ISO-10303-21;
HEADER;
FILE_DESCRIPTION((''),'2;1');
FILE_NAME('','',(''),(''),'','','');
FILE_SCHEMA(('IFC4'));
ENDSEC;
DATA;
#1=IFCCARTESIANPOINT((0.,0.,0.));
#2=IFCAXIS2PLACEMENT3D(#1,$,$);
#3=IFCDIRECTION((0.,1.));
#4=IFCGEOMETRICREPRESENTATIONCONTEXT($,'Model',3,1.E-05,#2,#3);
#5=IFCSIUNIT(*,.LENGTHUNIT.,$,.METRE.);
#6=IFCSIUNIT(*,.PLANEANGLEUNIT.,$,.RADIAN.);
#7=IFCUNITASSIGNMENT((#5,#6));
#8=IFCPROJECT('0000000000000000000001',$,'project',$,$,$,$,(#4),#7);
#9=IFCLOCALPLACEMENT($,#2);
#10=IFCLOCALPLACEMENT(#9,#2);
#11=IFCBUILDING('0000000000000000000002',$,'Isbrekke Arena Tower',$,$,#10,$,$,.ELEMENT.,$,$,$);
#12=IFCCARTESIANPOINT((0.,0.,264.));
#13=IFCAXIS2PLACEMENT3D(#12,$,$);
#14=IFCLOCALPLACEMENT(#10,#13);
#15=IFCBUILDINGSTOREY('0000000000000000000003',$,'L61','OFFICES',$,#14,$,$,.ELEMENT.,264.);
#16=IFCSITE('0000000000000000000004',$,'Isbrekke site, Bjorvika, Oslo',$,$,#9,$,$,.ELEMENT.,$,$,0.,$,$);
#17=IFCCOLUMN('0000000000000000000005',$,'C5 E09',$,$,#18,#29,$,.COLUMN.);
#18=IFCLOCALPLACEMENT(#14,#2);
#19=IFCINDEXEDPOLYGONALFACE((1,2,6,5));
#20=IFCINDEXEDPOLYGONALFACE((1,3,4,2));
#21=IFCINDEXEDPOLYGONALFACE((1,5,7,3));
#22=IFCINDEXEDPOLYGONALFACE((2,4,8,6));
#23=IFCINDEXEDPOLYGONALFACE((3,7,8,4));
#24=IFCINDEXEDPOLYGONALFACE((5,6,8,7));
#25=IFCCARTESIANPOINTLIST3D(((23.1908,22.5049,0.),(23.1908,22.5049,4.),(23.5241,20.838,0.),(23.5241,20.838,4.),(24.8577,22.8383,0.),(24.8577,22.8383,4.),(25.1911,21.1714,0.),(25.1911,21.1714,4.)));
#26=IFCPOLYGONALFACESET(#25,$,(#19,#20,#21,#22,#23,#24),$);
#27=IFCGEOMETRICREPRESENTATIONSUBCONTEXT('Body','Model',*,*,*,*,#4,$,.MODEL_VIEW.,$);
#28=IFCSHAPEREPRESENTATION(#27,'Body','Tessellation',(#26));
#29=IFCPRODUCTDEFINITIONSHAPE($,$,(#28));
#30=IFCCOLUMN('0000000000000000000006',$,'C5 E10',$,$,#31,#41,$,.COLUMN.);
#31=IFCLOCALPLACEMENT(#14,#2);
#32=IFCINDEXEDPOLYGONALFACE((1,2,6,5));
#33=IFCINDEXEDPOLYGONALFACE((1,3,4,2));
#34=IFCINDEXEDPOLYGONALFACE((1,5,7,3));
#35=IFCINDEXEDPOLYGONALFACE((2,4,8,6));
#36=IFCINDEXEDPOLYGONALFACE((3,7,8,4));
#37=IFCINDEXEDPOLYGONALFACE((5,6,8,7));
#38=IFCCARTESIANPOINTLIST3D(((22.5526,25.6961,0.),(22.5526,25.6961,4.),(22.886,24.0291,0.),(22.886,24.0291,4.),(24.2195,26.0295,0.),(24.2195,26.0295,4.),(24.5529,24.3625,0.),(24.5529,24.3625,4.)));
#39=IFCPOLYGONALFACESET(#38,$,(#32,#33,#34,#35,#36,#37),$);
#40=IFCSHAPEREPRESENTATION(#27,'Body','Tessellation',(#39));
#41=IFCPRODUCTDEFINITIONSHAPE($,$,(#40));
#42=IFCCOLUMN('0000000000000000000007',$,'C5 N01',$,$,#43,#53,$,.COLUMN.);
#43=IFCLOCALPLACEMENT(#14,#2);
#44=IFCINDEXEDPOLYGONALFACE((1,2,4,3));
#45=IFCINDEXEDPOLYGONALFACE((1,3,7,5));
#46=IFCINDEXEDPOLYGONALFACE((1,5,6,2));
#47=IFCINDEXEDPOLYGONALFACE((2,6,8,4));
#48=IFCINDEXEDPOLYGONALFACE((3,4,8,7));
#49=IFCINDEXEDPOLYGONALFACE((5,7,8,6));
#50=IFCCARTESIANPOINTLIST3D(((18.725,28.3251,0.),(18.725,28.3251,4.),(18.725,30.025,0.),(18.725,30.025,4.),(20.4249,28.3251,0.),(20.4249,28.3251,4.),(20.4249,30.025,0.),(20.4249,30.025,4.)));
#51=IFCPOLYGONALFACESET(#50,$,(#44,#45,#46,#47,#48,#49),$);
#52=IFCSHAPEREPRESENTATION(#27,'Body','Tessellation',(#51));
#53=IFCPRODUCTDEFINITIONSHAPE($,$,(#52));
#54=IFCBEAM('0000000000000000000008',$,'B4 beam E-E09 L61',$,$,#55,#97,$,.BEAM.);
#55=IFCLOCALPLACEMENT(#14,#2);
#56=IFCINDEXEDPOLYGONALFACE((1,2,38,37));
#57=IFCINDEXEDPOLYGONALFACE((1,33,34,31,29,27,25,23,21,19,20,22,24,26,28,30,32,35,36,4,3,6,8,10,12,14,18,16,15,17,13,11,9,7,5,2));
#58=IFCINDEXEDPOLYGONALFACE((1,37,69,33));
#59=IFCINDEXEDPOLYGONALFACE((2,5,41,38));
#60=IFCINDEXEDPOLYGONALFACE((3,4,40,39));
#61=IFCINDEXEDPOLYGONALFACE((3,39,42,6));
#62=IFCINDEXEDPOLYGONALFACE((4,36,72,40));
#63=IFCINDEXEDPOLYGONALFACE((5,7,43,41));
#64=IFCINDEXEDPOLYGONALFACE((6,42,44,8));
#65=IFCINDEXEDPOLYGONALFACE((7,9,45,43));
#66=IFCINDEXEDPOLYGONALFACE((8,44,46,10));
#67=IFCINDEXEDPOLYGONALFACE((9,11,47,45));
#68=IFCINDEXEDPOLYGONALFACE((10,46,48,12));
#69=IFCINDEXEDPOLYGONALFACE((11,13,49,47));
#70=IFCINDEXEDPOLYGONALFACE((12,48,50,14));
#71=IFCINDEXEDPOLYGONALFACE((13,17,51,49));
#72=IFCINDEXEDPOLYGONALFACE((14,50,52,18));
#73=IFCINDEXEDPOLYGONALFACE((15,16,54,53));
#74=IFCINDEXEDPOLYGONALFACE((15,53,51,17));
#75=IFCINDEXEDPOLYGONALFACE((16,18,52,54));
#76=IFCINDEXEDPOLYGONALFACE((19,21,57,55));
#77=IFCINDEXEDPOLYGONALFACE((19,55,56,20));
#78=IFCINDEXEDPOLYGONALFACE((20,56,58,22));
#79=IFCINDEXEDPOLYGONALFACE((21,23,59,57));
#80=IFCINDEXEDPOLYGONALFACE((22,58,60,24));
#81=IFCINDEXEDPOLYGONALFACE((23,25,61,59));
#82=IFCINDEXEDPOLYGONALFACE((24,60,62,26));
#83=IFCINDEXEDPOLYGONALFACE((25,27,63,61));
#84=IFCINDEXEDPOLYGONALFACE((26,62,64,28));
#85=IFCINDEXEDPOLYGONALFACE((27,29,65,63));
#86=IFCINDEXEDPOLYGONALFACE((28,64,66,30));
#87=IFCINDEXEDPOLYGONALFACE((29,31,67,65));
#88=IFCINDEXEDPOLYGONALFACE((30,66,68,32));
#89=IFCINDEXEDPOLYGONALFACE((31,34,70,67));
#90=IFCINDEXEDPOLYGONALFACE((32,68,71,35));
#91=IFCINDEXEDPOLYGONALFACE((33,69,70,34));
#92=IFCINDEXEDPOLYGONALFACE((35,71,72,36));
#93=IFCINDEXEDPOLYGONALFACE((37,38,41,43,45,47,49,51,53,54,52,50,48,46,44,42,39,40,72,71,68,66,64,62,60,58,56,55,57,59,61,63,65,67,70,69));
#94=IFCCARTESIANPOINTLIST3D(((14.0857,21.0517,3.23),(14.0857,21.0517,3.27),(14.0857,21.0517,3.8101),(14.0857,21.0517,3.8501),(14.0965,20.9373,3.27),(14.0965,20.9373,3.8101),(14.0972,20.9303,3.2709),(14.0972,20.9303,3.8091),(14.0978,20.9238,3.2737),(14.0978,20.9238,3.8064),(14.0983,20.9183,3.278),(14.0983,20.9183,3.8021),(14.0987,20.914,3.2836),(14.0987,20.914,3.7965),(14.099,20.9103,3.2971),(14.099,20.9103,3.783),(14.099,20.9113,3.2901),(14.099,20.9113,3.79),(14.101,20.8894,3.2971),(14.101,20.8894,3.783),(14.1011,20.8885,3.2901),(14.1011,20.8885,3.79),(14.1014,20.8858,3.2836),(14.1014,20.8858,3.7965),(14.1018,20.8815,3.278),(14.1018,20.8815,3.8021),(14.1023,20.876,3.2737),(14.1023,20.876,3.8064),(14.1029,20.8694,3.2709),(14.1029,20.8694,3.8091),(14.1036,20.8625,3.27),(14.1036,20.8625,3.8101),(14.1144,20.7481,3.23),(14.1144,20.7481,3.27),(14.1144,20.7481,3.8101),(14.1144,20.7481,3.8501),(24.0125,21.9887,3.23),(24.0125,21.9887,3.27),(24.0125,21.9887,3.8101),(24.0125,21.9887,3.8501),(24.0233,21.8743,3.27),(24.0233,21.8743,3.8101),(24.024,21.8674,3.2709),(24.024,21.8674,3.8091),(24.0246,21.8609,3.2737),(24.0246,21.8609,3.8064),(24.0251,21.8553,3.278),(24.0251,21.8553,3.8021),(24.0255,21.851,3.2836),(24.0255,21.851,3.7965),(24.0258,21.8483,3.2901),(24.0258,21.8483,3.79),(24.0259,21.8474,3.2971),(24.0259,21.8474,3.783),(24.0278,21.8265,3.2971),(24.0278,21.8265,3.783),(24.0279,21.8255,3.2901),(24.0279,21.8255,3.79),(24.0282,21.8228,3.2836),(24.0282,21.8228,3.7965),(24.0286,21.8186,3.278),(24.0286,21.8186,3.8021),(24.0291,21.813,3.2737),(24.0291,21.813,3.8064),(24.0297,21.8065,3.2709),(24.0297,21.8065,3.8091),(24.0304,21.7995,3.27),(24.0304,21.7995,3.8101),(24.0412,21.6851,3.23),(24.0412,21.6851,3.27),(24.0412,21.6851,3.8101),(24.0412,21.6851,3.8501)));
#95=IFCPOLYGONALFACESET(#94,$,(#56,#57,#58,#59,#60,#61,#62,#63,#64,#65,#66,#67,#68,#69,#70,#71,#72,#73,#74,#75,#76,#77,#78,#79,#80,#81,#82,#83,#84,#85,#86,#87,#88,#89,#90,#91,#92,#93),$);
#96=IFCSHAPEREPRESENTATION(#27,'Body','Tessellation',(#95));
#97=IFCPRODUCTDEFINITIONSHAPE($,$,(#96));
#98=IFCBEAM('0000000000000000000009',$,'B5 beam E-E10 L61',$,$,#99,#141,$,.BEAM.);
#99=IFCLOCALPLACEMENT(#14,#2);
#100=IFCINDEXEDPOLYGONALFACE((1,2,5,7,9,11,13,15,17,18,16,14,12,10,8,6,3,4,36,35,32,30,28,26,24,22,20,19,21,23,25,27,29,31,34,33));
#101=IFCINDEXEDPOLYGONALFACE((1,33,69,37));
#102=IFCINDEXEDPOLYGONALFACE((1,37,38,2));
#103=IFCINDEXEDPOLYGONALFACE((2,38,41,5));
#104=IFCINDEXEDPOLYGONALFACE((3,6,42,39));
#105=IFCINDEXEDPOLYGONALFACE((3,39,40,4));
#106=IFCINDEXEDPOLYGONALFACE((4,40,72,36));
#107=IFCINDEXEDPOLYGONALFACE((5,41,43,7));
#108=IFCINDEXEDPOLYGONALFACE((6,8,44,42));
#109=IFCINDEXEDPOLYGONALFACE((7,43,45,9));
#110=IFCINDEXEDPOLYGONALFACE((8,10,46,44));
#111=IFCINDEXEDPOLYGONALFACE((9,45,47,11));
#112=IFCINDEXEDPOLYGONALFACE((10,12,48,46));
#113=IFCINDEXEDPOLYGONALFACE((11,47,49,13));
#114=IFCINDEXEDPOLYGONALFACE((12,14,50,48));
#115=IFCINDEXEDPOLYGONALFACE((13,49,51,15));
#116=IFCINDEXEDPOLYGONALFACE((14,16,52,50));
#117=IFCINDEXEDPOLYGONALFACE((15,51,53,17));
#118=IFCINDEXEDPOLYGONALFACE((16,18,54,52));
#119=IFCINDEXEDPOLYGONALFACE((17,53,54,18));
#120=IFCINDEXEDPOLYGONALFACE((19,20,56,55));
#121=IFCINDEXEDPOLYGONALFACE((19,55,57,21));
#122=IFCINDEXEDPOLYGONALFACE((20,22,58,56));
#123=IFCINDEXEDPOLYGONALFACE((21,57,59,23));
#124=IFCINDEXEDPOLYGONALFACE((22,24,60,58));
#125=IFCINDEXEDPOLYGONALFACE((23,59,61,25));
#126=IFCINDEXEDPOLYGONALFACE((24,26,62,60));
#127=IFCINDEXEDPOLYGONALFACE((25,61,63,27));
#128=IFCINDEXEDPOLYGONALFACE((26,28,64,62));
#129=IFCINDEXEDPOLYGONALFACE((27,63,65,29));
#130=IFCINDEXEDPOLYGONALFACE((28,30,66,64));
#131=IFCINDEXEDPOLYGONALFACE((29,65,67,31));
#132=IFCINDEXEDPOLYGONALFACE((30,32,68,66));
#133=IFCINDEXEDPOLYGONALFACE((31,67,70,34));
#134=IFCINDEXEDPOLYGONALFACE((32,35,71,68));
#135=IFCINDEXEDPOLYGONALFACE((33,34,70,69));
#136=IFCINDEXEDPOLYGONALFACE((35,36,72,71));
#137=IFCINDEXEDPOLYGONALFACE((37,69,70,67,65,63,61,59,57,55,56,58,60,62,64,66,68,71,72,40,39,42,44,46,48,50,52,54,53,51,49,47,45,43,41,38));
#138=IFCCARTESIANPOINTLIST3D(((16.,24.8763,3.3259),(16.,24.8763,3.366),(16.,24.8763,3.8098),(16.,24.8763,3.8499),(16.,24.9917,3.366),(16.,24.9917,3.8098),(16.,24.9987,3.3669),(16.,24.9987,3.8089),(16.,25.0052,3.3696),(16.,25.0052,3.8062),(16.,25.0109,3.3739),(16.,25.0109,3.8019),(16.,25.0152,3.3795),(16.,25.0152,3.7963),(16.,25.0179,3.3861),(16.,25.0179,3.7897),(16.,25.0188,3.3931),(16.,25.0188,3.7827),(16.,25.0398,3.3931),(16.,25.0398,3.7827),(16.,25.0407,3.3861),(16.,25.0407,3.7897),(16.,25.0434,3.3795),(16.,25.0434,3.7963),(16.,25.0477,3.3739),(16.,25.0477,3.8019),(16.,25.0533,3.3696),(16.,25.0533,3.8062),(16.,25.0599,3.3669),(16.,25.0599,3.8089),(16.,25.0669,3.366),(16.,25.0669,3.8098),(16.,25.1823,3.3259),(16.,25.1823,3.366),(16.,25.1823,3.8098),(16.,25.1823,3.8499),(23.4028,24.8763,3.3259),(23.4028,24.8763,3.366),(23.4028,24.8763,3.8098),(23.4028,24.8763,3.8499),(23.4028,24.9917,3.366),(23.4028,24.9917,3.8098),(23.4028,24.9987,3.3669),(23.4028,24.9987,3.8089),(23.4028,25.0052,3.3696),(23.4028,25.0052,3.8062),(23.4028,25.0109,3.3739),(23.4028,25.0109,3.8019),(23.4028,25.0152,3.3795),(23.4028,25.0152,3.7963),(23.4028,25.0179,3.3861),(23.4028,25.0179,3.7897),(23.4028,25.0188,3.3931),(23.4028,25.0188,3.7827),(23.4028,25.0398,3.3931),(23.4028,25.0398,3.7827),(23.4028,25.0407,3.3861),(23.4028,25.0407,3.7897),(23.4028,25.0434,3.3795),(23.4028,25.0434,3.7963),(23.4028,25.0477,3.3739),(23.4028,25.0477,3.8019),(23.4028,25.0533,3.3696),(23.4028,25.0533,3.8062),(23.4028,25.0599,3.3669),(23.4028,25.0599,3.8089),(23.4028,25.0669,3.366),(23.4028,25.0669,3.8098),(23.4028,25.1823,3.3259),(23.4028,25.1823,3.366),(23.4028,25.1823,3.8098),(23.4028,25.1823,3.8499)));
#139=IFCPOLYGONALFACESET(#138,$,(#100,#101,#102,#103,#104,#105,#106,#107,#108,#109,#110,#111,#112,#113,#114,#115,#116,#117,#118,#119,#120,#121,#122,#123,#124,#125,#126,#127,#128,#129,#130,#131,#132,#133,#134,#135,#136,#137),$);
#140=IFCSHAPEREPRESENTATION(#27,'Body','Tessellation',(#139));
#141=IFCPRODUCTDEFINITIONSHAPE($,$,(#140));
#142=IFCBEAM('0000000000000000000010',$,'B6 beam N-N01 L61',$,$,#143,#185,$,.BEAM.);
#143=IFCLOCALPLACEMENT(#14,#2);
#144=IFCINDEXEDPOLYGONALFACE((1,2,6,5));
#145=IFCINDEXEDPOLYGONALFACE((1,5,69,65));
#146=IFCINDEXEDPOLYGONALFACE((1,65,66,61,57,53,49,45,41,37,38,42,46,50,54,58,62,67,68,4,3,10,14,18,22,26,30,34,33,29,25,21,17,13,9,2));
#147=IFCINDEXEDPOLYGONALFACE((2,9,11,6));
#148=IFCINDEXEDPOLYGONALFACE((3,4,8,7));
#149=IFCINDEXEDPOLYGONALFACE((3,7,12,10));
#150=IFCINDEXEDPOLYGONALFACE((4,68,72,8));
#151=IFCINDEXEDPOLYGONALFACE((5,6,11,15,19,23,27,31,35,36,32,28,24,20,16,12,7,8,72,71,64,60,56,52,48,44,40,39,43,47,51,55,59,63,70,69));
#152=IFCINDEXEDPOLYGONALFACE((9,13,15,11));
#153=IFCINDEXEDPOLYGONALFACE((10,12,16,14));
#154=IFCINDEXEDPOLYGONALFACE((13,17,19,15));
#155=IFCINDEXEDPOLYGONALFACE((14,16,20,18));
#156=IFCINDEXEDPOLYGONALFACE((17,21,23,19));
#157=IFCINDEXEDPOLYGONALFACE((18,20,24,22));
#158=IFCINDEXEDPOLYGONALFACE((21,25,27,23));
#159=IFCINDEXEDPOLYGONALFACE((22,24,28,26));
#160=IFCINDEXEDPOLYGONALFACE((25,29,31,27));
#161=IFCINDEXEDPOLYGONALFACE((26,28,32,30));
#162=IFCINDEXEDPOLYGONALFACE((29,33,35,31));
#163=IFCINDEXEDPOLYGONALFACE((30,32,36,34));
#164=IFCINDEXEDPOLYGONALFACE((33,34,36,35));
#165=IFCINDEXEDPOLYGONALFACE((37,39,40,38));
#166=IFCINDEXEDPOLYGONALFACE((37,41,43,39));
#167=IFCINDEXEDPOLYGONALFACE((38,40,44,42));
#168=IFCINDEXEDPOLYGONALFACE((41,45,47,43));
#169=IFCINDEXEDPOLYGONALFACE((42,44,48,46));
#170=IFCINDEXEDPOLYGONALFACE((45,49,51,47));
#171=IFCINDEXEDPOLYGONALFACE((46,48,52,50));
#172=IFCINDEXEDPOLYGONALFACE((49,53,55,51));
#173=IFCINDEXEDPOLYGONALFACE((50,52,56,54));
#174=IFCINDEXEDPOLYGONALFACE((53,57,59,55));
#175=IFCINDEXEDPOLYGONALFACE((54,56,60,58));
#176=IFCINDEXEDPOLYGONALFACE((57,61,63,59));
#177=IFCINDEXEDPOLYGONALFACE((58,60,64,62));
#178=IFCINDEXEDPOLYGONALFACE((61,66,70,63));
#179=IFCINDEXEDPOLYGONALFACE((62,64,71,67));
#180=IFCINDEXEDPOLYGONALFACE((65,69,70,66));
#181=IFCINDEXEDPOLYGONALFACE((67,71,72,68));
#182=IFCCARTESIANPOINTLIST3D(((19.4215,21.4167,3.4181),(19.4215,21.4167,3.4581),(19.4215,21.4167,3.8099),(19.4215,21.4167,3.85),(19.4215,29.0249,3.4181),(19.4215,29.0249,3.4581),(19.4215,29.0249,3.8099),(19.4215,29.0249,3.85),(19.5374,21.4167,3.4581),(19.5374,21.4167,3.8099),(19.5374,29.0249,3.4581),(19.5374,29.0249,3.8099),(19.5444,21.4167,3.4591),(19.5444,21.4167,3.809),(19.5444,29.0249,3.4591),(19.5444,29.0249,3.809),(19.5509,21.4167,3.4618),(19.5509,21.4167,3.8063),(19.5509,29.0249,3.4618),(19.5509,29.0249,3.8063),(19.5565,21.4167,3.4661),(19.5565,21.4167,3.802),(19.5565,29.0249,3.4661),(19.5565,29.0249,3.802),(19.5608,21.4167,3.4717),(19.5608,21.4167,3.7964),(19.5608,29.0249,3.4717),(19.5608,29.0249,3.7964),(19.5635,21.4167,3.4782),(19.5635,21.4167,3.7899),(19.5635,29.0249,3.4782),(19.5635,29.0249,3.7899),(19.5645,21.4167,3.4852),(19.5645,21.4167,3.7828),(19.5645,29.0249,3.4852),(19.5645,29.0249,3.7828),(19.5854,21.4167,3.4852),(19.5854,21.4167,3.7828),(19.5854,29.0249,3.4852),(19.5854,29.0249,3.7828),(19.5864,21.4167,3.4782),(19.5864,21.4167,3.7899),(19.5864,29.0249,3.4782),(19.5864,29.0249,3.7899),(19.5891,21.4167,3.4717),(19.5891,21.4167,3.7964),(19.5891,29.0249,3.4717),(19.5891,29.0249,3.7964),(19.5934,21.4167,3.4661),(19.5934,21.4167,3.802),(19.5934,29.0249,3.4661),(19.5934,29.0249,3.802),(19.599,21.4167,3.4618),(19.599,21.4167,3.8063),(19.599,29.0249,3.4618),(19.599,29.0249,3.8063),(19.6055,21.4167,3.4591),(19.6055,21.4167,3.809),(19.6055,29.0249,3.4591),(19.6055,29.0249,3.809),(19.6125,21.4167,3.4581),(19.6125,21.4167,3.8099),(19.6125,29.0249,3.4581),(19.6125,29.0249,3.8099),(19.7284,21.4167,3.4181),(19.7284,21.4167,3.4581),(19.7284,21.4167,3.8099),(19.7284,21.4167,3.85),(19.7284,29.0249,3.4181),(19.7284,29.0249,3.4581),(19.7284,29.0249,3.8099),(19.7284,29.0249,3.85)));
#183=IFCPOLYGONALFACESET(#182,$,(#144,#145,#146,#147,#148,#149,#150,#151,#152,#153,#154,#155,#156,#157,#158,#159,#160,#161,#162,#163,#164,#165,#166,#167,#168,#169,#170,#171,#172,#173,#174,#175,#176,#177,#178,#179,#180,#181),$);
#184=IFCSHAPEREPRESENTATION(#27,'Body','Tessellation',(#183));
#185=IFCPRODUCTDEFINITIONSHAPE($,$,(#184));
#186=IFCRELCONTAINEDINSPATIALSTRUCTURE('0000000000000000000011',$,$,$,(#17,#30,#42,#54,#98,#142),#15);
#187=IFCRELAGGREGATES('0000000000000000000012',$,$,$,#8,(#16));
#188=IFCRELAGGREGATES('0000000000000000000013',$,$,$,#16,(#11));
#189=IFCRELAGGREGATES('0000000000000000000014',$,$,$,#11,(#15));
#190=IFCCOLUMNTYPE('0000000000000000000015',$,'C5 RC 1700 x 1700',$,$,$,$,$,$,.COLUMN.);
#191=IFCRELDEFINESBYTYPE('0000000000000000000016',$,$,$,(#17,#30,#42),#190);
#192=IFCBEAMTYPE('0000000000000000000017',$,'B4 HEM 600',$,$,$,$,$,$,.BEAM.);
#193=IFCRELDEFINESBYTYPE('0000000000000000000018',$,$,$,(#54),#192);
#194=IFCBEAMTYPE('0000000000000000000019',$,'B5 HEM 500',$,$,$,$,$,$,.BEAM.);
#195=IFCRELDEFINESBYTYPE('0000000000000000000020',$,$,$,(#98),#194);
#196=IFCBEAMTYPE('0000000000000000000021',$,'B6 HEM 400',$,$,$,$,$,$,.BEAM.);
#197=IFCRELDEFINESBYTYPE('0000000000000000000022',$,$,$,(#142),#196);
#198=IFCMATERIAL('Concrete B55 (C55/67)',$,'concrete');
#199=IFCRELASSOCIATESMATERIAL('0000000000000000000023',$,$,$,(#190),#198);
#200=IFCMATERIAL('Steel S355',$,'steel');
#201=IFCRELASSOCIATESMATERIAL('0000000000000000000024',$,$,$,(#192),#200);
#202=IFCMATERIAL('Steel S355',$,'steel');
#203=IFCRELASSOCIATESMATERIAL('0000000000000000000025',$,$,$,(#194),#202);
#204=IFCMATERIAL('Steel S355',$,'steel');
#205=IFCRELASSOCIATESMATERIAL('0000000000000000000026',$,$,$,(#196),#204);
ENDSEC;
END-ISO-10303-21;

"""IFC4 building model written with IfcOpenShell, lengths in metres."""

from ifc_helpers import new_model, si_unit, direction, frame, origin, origin_2d, place, context, subcontext, project, spatial, rectangle, i_section, extrude, material, material_profile, profile_set, type_object, element, save


model = new_model("IFC4")

# Units and contexts
model_context = context("Model", 3, precision=1e-05, world=origin(), true_north=direction((0.0, 1.0)))
body_context = subcontext(model_context, "Body", "Model", "MODEL_VIEW")
ifc_project = project(units=[si_unit("LENGTHUNIT", "METRE"), si_unit("PLANEANGLEUNIT", "RADIAN")], contexts=[model_context])

# Site, building, storey
site_placement = place(None, origin())
site = spatial("IfcSite", under=ifc_project, at=site_placement, Name="Isbrekke site, Bjorvika, Oslo", CompositionType="ELEMENT", RefElevation=0.0)
building_placement = place(site_placement, origin())
building = spatial("IfcBuilding", under=site, at=building_placement, Name="Isbrekke Arena Tower", CompositionType="ELEMENT")
storey_placement = place(building_placement, frame((0.0, 0.0, 264.0)))
storey = spatial("IfcBuildingStorey", under=building, at=storey_placement, Name="L61", Description="OFFICES", CompositionType="ELEMENT", Elevation=264.0)

# Columns
ifc_material_1 = material(Name="Concrete B55 (C55/67)", Category="concrete")
ifc_material_profile_1 = material_profile(ifc_material_1, rectangle(XDim=1.7, YDim=1.7, at=origin_2d()), Name="RC 1700x1700")
ifc_profile_set_1 = profile_set([ifc_material_profile_1], Name="Concrete B55 (C55/67)")
column_type = type_object("IfcColumnType", Name="C5 RC 1700 x 1700", PredefinedType="COLUMN", material=ifc_profile_set_1)
for number, where, z_axis, x_axis, name in (
    (1, (24.1909, 21.8381, 0.0), (0.0, 0.0, 1.0), (-0.196116, 0.980581, 0.0), "C5 E09"),
    (2, (23.5527, 25.0293, 0.0), (0.0, 0.0, 1.0), (-0.196116, 0.980581, 0.0), "C5 E10"),
    (3, (19.575, 29.175, 0.0), (0.0, 0.0, 1.0), (-1.0, 0.0, 0.0), "C5 N01"),
):
    element("IfcColumn", number, at=place(storey_placement, frame(where, z_axis=z_axis, x_axis=x_axis)), inside=storey, type_object=column_type, Name=name, PredefinedType="COLUMN", context=body_context, shape_type="SweptSolid", body=[
        extrude(rectangle(XDim=1.7, YDim=1.7, at=origin_2d()), origin(), (0.0, 0.0, 1.0), 4.0),
    ])

# Beams
ifc_material_2 = material(Name="Steel S355", Category="steel")
ifc_material_profile_2 = material_profile(ifc_material_2, i_section(OverallWidth=0.3049, OverallDepth=0.6201, WebThickness=0.021, FlangeThickness=0.04, FilletRadius=0.0271, at=origin_2d()), Name="HEM 600")
ifc_profile_set_2 = profile_set([ifc_material_profile_2], Name="Steel S355")
beam_type_1 = type_object("IfcBeamType", Name="B4 HEM 600", PredefinedType="BEAM", material=ifc_profile_set_2)
beam_1_placement = place(storey_placement, frame((24.0269, 21.8369, 3.54), z_axis=(-0.995575, -0.093975, 0.0), x_axis=(0.093975, -0.995575, 0.0)))
element("IfcBeam", 4, at=beam_1_placement, inside=storey, type_object=beam_type_1, Name="B4 beam E-E09 L61", PredefinedType="BEAM", context=body_context, shape_type="SweptSolid", body=[
    extrude(i_section(OverallWidth=0.3049, OverallDepth=0.6201, WebThickness=0.021, FlangeThickness=0.04, FilletRadius=0.0271, at=origin_2d()), origin(), (0.0, 0.0, 1.0), 9.9709),
])
ifc_material_3 = material(Name="Steel S355", Category="steel")
ifc_material_profile_3 = material_profile(ifc_material_3, i_section(OverallWidth=0.3059, OverallDepth=0.5239, WebThickness=0.021, FlangeThickness=0.04, FilletRadius=0.0271, at=origin_2d()), Name="HEM 500")
ifc_profile_set_3 = profile_set([ifc_material_profile_3], Name="Steel S355")
beam_type_2 = type_object("IfcBeamType", Name="B5 HEM 500", PredefinedType="BEAM", material=ifc_profile_set_3)
beam_2_placement = place(storey_placement, frame((23.4028, 25.0293, 3.5879), z_axis=(-1.0, 0.0, 0.0), x_axis=(0.0, -1.0, 0.0)))
element("IfcBeam", 5, at=beam_2_placement, inside=storey, type_object=beam_type_2, Name="B5 beam E-E10 L61", PredefinedType="BEAM", context=body_context, shape_type="SweptSolid", body=[
    extrude(i_section(OverallWidth=0.3059, OverallDepth=0.5239, WebThickness=0.021, FlangeThickness=0.04, FilletRadius=0.0271, at=origin_2d()), origin(), (0.0, 0.0, 1.0), 7.4028),
])
ifc_material_4 = material(Name="Steel S355", Category="steel")
ifc_material_profile_4 = material_profile(ifc_material_4, i_section(OverallWidth=0.3069, OverallDepth=0.4319, WebThickness=0.021, FlangeThickness=0.04, FilletRadius=0.0271, at=origin_2d()), Name="HEM 400")
ifc_profile_set_4 = profile_set([ifc_material_profile_4], Name="Steel S355")
beam_type_3 = type_object("IfcBeamType", Name="B6 HEM 400", PredefinedType="BEAM", material=ifc_profile_set_4)
beam_3_placement = place(storey_placement, frame((19.575, 29.0249, 3.634), z_axis=(0.0, -1.0, 0.0), x_axis=(1.0, 0.0, 0.0)))
element("IfcBeam", 6, at=beam_3_placement, inside=storey, type_object=beam_type_3, Name="B6 beam N-N01 L61", PredefinedType="BEAM", context=body_context, shape_type="SweptSolid", body=[
    extrude(i_section(OverallWidth=0.3069, OverallDepth=0.4319, WebThickness=0.021, FlangeThickness=0.04, FilletRadius=0.0271, at=origin_2d()), origin(), (0.0, 0.0, 1.0), 7.6082),
])

save(model, "model.ifc")
